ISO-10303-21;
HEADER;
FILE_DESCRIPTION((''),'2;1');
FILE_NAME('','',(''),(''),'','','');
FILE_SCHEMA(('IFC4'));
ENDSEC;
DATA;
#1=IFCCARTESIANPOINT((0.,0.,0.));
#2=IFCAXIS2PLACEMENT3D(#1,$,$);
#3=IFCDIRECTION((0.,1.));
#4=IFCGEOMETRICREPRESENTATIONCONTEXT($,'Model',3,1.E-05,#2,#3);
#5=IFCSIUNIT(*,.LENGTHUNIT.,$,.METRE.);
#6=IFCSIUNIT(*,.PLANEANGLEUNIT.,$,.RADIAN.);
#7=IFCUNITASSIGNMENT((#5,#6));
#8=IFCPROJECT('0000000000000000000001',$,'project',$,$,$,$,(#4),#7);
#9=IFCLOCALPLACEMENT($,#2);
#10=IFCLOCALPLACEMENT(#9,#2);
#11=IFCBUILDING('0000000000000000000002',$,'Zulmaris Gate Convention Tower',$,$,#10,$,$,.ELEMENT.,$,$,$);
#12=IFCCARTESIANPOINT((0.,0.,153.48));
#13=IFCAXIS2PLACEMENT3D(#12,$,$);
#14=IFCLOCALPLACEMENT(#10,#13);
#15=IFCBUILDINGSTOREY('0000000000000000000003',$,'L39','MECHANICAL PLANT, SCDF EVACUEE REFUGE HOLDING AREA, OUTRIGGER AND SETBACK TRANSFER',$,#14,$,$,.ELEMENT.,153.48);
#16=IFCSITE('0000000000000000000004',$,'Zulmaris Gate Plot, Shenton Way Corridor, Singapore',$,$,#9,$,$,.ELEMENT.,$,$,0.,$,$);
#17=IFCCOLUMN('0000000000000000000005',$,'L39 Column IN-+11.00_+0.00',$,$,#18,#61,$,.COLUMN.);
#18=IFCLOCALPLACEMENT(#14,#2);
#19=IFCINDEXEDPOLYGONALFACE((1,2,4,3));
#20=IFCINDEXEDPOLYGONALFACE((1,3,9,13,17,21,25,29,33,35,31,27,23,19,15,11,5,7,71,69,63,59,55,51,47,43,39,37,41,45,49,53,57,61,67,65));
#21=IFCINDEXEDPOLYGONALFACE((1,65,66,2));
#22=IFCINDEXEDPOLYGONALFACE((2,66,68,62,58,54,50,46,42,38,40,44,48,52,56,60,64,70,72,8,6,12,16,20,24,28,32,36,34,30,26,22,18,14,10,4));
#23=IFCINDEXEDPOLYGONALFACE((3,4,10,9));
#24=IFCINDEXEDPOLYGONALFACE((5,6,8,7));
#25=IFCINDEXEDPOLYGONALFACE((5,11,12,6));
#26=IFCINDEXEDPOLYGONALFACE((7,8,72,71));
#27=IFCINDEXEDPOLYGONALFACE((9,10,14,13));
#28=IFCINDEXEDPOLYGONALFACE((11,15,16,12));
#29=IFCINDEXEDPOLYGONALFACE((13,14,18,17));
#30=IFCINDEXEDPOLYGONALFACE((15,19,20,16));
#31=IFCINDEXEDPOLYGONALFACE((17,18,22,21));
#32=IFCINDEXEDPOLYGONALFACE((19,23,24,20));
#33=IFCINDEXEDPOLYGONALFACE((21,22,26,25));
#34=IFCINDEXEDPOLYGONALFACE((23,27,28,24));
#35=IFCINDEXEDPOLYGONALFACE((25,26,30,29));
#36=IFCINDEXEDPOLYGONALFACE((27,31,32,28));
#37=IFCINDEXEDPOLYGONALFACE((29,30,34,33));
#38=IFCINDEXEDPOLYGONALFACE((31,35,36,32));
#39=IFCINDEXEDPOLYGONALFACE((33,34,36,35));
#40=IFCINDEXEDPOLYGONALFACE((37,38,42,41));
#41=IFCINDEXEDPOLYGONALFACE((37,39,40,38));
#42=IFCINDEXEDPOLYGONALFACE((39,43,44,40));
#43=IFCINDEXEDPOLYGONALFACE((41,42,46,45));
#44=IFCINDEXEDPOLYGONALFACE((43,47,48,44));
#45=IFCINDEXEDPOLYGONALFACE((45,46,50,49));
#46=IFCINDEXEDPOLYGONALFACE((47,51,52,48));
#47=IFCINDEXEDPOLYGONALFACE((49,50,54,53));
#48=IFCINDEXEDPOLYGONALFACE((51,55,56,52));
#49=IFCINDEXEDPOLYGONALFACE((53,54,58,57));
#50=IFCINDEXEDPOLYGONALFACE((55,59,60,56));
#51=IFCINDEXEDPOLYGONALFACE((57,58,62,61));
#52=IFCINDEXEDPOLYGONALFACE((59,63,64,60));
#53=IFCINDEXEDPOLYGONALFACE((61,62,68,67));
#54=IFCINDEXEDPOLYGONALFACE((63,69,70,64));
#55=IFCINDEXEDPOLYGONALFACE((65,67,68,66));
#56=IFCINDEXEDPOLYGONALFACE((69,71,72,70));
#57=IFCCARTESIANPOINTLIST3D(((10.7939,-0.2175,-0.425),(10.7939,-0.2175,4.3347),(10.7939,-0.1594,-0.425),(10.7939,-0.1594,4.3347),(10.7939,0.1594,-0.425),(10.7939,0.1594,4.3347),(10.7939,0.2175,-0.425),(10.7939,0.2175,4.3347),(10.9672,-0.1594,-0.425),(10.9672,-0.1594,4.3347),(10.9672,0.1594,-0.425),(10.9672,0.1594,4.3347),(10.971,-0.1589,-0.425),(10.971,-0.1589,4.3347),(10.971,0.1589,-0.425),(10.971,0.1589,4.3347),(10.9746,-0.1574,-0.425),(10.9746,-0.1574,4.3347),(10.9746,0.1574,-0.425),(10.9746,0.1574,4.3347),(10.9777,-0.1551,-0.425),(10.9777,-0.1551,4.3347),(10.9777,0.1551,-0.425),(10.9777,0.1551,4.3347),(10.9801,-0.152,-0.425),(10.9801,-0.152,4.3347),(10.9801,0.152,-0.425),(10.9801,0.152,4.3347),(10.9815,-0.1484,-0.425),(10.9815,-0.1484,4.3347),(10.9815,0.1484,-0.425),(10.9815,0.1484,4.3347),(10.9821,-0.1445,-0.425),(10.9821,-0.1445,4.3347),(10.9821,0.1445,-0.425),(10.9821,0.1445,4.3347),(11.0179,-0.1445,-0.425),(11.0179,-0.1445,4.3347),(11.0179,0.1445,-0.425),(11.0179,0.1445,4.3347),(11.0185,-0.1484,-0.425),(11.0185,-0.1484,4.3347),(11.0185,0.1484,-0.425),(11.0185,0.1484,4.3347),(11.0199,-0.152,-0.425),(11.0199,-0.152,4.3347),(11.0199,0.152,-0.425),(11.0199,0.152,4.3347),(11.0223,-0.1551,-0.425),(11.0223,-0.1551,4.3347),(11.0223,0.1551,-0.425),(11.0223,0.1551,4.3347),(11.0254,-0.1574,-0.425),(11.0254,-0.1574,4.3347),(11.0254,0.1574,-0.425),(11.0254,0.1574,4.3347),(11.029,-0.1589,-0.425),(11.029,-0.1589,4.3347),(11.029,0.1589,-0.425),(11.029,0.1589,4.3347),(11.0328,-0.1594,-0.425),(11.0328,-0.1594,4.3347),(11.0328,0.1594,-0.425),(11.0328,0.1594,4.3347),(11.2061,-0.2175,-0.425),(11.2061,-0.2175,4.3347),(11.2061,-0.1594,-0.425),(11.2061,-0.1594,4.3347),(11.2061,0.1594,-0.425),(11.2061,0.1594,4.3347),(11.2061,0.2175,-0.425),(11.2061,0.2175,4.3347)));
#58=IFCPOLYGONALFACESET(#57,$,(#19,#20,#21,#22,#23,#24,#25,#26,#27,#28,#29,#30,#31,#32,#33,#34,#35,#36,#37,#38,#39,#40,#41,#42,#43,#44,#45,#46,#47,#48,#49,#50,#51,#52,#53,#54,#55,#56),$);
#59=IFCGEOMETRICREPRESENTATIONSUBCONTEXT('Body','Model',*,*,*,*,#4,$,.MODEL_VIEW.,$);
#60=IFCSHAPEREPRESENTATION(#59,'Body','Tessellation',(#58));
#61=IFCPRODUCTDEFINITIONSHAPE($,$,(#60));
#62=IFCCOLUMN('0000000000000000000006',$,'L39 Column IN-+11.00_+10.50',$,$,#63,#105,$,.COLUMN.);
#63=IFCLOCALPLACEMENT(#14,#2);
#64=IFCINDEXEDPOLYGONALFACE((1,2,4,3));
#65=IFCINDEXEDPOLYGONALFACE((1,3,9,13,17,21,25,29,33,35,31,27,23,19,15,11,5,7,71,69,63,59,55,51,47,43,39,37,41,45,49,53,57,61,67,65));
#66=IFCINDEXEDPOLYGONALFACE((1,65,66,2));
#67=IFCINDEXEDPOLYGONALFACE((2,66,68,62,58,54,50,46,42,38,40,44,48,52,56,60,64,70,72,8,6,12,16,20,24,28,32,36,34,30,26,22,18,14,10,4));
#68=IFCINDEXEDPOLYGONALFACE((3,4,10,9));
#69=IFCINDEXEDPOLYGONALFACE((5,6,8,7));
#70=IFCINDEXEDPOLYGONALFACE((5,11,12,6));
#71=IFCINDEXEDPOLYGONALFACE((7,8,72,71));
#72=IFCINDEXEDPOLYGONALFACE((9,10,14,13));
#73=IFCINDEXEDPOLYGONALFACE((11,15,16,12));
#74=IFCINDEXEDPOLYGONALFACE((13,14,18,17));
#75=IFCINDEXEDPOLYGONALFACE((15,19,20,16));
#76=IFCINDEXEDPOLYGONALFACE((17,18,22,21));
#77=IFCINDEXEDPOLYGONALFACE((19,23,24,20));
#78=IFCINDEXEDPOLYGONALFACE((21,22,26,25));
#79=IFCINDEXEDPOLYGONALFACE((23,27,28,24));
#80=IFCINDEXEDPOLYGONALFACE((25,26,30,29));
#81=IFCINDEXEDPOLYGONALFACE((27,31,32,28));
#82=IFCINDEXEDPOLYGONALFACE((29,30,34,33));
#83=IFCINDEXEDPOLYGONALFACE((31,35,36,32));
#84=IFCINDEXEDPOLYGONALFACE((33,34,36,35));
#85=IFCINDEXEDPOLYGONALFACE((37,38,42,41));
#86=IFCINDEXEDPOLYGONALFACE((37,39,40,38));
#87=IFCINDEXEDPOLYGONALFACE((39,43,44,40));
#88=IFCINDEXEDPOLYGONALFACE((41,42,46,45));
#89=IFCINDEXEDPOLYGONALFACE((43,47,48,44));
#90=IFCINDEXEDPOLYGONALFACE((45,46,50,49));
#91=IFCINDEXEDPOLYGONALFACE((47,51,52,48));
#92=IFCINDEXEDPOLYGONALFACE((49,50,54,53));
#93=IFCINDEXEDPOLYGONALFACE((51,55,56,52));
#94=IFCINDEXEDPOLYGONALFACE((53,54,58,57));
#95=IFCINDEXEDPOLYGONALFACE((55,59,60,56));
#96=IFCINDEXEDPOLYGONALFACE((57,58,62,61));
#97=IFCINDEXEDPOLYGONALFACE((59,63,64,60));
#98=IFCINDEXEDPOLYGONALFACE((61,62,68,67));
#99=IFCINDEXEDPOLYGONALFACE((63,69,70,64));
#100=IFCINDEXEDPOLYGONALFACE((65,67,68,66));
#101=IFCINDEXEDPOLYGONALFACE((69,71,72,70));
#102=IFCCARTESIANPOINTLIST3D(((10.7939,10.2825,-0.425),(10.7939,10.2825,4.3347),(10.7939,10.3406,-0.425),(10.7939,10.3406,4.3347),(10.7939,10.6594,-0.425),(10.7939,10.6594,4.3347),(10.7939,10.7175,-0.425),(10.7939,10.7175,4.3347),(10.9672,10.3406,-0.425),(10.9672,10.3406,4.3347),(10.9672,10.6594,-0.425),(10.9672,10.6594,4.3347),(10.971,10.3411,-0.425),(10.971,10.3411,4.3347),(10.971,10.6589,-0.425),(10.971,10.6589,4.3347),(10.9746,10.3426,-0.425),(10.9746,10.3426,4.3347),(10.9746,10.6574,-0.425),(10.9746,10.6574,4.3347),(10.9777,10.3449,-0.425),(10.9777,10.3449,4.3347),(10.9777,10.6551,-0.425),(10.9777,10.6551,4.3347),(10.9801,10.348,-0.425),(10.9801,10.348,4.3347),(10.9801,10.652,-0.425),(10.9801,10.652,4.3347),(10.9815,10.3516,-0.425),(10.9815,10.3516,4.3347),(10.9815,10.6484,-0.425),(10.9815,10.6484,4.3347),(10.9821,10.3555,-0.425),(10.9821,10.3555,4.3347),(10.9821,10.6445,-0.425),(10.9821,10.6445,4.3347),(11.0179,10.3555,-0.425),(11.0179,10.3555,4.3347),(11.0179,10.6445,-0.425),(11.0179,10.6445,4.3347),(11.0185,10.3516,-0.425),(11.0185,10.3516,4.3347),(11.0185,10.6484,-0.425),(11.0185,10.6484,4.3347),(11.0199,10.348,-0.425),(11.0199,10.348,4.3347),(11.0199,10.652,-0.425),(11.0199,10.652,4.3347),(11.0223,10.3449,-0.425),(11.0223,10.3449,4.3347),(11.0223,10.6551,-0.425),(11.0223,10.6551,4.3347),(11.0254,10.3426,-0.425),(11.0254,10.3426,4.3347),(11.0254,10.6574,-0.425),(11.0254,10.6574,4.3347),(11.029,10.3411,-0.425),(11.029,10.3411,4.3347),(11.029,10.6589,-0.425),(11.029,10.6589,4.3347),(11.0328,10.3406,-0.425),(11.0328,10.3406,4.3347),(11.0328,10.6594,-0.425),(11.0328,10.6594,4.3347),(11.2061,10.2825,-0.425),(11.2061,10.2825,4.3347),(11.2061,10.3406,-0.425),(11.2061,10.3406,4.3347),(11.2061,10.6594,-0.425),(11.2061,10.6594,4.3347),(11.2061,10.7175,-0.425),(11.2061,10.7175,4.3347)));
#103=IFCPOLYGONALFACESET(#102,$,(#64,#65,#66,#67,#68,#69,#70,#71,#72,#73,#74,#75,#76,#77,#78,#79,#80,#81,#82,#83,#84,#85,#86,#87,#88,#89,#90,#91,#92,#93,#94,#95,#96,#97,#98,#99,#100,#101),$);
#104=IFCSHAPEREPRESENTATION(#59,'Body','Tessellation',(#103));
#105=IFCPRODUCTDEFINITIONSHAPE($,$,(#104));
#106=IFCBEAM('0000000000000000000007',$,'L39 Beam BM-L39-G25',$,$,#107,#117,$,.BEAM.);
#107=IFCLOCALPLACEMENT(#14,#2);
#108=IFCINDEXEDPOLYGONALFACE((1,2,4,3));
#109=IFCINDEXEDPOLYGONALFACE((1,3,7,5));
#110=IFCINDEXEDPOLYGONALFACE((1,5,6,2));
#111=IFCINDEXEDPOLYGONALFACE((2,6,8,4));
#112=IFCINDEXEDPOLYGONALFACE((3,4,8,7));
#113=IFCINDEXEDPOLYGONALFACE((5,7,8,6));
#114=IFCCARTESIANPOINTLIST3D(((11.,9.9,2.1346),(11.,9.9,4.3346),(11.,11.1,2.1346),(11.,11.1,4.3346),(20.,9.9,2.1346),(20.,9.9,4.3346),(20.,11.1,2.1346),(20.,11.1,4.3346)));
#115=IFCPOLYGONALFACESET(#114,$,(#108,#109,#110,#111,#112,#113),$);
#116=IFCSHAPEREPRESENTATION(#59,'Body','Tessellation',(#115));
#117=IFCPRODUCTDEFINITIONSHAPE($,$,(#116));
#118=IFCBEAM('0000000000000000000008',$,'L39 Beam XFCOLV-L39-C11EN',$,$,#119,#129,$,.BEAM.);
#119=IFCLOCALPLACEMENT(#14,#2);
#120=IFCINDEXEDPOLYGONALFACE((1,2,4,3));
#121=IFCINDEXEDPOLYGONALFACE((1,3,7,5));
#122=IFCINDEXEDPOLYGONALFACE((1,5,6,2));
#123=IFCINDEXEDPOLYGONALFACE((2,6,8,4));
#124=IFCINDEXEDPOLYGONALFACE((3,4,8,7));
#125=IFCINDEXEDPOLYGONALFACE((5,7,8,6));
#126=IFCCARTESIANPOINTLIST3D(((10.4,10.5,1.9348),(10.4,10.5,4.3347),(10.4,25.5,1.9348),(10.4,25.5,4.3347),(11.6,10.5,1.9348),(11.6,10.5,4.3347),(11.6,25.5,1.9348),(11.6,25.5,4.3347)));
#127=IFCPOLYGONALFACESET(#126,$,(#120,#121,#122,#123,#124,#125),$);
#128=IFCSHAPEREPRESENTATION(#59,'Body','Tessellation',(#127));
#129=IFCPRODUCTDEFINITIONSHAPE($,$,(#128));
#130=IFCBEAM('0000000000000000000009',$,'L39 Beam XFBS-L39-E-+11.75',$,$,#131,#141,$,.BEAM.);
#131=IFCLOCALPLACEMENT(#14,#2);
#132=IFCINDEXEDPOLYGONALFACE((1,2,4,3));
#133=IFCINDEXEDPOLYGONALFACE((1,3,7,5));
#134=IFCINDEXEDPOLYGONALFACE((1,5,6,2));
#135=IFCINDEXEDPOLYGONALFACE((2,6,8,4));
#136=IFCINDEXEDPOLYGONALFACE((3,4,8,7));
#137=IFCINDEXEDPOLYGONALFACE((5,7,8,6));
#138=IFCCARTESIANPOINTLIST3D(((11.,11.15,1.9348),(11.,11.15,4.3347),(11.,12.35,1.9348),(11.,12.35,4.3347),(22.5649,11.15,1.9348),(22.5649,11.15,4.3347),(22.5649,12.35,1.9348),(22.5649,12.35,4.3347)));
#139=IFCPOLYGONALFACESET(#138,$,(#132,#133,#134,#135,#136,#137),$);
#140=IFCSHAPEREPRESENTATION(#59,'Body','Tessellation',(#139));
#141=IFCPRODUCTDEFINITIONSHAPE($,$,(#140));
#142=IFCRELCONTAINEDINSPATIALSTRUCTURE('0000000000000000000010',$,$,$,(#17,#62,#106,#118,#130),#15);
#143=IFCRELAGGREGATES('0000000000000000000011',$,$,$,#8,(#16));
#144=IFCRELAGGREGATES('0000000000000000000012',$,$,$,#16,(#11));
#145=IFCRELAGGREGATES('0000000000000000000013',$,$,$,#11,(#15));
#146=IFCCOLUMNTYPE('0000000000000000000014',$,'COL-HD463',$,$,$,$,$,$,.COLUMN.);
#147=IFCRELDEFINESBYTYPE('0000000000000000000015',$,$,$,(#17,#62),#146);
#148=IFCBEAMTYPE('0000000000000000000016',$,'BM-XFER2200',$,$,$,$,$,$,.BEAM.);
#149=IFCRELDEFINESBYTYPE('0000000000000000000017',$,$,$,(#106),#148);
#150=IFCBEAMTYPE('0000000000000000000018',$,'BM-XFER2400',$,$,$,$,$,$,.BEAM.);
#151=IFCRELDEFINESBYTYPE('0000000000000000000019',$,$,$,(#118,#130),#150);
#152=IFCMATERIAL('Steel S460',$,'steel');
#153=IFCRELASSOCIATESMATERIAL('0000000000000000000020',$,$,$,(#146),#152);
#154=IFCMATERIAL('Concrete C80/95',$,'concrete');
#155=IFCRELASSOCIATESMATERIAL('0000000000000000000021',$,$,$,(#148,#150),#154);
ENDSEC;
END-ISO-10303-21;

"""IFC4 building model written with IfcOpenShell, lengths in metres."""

from ifc_helpers import new_model, si_unit, direction, frame, origin, origin_2d, place, context, subcontext, project, spatial, rectangle, i_section, extrude, material, material_profile, profile_set, type_object, element, save


model = new_model("IFC4")

# Units and contexts
model_context = context("Model", 3, precision=1e-05, world=origin(), true_north=direction((0.0, 1.0)))
body_context = subcontext(model_context, "Body", "Model", "MODEL_VIEW")
ifc_project = project(units=[si_unit("LENGTHUNIT", "METRE"), si_unit("PLANEANGLEUNIT", "RADIAN")], contexts=[model_context])

# Site, building, storey
site_placement = place(None, origin())
site = spatial("IfcSite", under=ifc_project, at=site_placement, Name="Zulmaris Gate Plot, Shenton Way Corridor, Singapore", CompositionType="ELEMENT", RefElevation=0.0)
building_placement = place(site_placement, origin())
building = spatial("IfcBuilding", under=site, at=building_placement, Name="Zulmaris Gate Convention Tower", CompositionType="ELEMENT")
storey_placement = place(building_placement, frame((0.0, 0.0, 153.48)))
storey = spatial("IfcBuildingStorey", under=building, at=storey_placement, Name="L39", Description="MECHANICAL PLANT, SCDF EVACUEE REFUGE HOLDING AREA, OUTRIGGER AND SETBACK TRANSFER", CompositionType="ELEMENT", Elevation=153.48)

# Columns
ifc_material_1 = material(Name="Steel S460", Category="steel")
ifc_material_profile_1 = material_profile(ifc_material_1, i_section(OverallWidth=0.4121, OverallDepth=0.4351, WebThickness=0.0359, FlangeThickness=0.0581, FilletRadius=0.0149, at=origin_2d()), Name="HD 400x463")
ifc_profile_set_1 = profile_set([ifc_material_profile_1], Name="Steel S460")
column_type = type_object("IfcColumnType", Name="COL-HD463", PredefinedType="COLUMN", material=ifc_profile_set_1)
for number, where, z_axis, x_axis, name in (
    (1, (11.0, 0.0, -0.425), (0.0, 0.0, 1.0), (1.0, 0.0, 0.0), "L39 Column IN-+11.00_+0.00"),
    (2, (11.0, 10.5, -0.425), (0.0, 0.0, 1.0), (1.0, 0.0, 0.0), "L39 Column IN-+11.00_+10.50"),
):
    element("IfcColumn", number, at=place(storey_placement, frame(where, z_axis=z_axis, x_axis=x_axis)), inside=storey, type_object=column_type, Name=name, PredefinedType="COLUMN", context=body_context, shape_type="SweptSolid", body=[
        extrude(i_section(OverallWidth=0.4121, OverallDepth=0.4351, WebThickness=0.0359, FlangeThickness=0.0581, FilletRadius=0.0149, at=origin_2d()), origin(), (0.0, 0.0, 1.0), 4.7598),
    ])

# Beams
ifc_material_2 = material(Name="Concrete C80/95", Category="concrete")
ifc_material_profile_2 = material_profile(ifc_material_2, rectangle(XDim=1.2, YDim=2.2, at=origin_2d()), Name="RC TRANSFER 1200x2200")
ifc_profile_set_2 = profile_set([ifc_material_profile_2], Name="Concrete C80/95")
beam_type_1 = type_object("IfcBeamType", Name="BM-XFER2200", PredefinedType="BEAM", material=ifc_profile_set_2)
beam_1_placement = place(storey_placement, frame((11.0, 10.5, 3.2346), z_axis=(1.0, 0.0, 0.0), x_axis=(0.0, 1.0, 0.0)))
element("IfcBeam", 3, at=beam_1_placement, inside=storey, type_object=beam_type_1, Name="L39 Beam BM-L39-G25", PredefinedType="BEAM", context=body_context, shape_type="SweptSolid", body=[
    extrude(rectangle(XDim=1.2, YDim=2.2, at=origin_2d()), origin(), (0.0, 0.0, 1.0), 9.0),
])
ifc_material_profile_3 = material_profile(ifc_material_2, rectangle(XDim=1.2, YDim=2.3999, at=origin_2d()), Name="RC TRANSFER 1200x2400")
ifc_profile_set_3 = profile_set([ifc_material_profile_3], Name="Concrete C80/95")
beam_type_2 = type_object("IfcBeamType", Name="BM-XFER2400", PredefinedType="BEAM", material=ifc_profile_set_3)
beam_2_placement = place(storey_placement, frame((11.0, 10.5, 3.1348), z_axis=(0.0, 1.0, 0.0), x_axis=(-1.0, 0.0, 0.0)))
element("IfcBeam", 4, at=beam_2_placement, inside=storey, type_object=beam_type_2, Name="L39 Beam XFCOLV-L39-C11EN", PredefinedType="BEAM", context=body_context, shape_type="SweptSolid", body=[
    extrude(rectangle(XDim=1.2, YDim=2.3999, at=origin_2d()), origin(), (0.0, 0.0, 1.0), 15.0),
])
beam_3_placement = place(storey_placement, frame((11.0, 11.75, 3.1348), z_axis=(1.0, 0.0, 0.0), x_axis=(0.0, 1.0, 0.0)))
element("IfcBeam", 5, at=beam_3_placement, inside=storey, type_object=beam_type_2, Name="L39 Beam XFBS-L39-E-+11.75", PredefinedType="BEAM", context=body_context, shape_type="SweptSolid", body=[
    extrude(rectangle(XDim=1.2, YDim=2.3999, at=origin_2d()), origin(), (0.0, 0.0, 1.0), 11.5649),
])

save(model, "model.ifc")
